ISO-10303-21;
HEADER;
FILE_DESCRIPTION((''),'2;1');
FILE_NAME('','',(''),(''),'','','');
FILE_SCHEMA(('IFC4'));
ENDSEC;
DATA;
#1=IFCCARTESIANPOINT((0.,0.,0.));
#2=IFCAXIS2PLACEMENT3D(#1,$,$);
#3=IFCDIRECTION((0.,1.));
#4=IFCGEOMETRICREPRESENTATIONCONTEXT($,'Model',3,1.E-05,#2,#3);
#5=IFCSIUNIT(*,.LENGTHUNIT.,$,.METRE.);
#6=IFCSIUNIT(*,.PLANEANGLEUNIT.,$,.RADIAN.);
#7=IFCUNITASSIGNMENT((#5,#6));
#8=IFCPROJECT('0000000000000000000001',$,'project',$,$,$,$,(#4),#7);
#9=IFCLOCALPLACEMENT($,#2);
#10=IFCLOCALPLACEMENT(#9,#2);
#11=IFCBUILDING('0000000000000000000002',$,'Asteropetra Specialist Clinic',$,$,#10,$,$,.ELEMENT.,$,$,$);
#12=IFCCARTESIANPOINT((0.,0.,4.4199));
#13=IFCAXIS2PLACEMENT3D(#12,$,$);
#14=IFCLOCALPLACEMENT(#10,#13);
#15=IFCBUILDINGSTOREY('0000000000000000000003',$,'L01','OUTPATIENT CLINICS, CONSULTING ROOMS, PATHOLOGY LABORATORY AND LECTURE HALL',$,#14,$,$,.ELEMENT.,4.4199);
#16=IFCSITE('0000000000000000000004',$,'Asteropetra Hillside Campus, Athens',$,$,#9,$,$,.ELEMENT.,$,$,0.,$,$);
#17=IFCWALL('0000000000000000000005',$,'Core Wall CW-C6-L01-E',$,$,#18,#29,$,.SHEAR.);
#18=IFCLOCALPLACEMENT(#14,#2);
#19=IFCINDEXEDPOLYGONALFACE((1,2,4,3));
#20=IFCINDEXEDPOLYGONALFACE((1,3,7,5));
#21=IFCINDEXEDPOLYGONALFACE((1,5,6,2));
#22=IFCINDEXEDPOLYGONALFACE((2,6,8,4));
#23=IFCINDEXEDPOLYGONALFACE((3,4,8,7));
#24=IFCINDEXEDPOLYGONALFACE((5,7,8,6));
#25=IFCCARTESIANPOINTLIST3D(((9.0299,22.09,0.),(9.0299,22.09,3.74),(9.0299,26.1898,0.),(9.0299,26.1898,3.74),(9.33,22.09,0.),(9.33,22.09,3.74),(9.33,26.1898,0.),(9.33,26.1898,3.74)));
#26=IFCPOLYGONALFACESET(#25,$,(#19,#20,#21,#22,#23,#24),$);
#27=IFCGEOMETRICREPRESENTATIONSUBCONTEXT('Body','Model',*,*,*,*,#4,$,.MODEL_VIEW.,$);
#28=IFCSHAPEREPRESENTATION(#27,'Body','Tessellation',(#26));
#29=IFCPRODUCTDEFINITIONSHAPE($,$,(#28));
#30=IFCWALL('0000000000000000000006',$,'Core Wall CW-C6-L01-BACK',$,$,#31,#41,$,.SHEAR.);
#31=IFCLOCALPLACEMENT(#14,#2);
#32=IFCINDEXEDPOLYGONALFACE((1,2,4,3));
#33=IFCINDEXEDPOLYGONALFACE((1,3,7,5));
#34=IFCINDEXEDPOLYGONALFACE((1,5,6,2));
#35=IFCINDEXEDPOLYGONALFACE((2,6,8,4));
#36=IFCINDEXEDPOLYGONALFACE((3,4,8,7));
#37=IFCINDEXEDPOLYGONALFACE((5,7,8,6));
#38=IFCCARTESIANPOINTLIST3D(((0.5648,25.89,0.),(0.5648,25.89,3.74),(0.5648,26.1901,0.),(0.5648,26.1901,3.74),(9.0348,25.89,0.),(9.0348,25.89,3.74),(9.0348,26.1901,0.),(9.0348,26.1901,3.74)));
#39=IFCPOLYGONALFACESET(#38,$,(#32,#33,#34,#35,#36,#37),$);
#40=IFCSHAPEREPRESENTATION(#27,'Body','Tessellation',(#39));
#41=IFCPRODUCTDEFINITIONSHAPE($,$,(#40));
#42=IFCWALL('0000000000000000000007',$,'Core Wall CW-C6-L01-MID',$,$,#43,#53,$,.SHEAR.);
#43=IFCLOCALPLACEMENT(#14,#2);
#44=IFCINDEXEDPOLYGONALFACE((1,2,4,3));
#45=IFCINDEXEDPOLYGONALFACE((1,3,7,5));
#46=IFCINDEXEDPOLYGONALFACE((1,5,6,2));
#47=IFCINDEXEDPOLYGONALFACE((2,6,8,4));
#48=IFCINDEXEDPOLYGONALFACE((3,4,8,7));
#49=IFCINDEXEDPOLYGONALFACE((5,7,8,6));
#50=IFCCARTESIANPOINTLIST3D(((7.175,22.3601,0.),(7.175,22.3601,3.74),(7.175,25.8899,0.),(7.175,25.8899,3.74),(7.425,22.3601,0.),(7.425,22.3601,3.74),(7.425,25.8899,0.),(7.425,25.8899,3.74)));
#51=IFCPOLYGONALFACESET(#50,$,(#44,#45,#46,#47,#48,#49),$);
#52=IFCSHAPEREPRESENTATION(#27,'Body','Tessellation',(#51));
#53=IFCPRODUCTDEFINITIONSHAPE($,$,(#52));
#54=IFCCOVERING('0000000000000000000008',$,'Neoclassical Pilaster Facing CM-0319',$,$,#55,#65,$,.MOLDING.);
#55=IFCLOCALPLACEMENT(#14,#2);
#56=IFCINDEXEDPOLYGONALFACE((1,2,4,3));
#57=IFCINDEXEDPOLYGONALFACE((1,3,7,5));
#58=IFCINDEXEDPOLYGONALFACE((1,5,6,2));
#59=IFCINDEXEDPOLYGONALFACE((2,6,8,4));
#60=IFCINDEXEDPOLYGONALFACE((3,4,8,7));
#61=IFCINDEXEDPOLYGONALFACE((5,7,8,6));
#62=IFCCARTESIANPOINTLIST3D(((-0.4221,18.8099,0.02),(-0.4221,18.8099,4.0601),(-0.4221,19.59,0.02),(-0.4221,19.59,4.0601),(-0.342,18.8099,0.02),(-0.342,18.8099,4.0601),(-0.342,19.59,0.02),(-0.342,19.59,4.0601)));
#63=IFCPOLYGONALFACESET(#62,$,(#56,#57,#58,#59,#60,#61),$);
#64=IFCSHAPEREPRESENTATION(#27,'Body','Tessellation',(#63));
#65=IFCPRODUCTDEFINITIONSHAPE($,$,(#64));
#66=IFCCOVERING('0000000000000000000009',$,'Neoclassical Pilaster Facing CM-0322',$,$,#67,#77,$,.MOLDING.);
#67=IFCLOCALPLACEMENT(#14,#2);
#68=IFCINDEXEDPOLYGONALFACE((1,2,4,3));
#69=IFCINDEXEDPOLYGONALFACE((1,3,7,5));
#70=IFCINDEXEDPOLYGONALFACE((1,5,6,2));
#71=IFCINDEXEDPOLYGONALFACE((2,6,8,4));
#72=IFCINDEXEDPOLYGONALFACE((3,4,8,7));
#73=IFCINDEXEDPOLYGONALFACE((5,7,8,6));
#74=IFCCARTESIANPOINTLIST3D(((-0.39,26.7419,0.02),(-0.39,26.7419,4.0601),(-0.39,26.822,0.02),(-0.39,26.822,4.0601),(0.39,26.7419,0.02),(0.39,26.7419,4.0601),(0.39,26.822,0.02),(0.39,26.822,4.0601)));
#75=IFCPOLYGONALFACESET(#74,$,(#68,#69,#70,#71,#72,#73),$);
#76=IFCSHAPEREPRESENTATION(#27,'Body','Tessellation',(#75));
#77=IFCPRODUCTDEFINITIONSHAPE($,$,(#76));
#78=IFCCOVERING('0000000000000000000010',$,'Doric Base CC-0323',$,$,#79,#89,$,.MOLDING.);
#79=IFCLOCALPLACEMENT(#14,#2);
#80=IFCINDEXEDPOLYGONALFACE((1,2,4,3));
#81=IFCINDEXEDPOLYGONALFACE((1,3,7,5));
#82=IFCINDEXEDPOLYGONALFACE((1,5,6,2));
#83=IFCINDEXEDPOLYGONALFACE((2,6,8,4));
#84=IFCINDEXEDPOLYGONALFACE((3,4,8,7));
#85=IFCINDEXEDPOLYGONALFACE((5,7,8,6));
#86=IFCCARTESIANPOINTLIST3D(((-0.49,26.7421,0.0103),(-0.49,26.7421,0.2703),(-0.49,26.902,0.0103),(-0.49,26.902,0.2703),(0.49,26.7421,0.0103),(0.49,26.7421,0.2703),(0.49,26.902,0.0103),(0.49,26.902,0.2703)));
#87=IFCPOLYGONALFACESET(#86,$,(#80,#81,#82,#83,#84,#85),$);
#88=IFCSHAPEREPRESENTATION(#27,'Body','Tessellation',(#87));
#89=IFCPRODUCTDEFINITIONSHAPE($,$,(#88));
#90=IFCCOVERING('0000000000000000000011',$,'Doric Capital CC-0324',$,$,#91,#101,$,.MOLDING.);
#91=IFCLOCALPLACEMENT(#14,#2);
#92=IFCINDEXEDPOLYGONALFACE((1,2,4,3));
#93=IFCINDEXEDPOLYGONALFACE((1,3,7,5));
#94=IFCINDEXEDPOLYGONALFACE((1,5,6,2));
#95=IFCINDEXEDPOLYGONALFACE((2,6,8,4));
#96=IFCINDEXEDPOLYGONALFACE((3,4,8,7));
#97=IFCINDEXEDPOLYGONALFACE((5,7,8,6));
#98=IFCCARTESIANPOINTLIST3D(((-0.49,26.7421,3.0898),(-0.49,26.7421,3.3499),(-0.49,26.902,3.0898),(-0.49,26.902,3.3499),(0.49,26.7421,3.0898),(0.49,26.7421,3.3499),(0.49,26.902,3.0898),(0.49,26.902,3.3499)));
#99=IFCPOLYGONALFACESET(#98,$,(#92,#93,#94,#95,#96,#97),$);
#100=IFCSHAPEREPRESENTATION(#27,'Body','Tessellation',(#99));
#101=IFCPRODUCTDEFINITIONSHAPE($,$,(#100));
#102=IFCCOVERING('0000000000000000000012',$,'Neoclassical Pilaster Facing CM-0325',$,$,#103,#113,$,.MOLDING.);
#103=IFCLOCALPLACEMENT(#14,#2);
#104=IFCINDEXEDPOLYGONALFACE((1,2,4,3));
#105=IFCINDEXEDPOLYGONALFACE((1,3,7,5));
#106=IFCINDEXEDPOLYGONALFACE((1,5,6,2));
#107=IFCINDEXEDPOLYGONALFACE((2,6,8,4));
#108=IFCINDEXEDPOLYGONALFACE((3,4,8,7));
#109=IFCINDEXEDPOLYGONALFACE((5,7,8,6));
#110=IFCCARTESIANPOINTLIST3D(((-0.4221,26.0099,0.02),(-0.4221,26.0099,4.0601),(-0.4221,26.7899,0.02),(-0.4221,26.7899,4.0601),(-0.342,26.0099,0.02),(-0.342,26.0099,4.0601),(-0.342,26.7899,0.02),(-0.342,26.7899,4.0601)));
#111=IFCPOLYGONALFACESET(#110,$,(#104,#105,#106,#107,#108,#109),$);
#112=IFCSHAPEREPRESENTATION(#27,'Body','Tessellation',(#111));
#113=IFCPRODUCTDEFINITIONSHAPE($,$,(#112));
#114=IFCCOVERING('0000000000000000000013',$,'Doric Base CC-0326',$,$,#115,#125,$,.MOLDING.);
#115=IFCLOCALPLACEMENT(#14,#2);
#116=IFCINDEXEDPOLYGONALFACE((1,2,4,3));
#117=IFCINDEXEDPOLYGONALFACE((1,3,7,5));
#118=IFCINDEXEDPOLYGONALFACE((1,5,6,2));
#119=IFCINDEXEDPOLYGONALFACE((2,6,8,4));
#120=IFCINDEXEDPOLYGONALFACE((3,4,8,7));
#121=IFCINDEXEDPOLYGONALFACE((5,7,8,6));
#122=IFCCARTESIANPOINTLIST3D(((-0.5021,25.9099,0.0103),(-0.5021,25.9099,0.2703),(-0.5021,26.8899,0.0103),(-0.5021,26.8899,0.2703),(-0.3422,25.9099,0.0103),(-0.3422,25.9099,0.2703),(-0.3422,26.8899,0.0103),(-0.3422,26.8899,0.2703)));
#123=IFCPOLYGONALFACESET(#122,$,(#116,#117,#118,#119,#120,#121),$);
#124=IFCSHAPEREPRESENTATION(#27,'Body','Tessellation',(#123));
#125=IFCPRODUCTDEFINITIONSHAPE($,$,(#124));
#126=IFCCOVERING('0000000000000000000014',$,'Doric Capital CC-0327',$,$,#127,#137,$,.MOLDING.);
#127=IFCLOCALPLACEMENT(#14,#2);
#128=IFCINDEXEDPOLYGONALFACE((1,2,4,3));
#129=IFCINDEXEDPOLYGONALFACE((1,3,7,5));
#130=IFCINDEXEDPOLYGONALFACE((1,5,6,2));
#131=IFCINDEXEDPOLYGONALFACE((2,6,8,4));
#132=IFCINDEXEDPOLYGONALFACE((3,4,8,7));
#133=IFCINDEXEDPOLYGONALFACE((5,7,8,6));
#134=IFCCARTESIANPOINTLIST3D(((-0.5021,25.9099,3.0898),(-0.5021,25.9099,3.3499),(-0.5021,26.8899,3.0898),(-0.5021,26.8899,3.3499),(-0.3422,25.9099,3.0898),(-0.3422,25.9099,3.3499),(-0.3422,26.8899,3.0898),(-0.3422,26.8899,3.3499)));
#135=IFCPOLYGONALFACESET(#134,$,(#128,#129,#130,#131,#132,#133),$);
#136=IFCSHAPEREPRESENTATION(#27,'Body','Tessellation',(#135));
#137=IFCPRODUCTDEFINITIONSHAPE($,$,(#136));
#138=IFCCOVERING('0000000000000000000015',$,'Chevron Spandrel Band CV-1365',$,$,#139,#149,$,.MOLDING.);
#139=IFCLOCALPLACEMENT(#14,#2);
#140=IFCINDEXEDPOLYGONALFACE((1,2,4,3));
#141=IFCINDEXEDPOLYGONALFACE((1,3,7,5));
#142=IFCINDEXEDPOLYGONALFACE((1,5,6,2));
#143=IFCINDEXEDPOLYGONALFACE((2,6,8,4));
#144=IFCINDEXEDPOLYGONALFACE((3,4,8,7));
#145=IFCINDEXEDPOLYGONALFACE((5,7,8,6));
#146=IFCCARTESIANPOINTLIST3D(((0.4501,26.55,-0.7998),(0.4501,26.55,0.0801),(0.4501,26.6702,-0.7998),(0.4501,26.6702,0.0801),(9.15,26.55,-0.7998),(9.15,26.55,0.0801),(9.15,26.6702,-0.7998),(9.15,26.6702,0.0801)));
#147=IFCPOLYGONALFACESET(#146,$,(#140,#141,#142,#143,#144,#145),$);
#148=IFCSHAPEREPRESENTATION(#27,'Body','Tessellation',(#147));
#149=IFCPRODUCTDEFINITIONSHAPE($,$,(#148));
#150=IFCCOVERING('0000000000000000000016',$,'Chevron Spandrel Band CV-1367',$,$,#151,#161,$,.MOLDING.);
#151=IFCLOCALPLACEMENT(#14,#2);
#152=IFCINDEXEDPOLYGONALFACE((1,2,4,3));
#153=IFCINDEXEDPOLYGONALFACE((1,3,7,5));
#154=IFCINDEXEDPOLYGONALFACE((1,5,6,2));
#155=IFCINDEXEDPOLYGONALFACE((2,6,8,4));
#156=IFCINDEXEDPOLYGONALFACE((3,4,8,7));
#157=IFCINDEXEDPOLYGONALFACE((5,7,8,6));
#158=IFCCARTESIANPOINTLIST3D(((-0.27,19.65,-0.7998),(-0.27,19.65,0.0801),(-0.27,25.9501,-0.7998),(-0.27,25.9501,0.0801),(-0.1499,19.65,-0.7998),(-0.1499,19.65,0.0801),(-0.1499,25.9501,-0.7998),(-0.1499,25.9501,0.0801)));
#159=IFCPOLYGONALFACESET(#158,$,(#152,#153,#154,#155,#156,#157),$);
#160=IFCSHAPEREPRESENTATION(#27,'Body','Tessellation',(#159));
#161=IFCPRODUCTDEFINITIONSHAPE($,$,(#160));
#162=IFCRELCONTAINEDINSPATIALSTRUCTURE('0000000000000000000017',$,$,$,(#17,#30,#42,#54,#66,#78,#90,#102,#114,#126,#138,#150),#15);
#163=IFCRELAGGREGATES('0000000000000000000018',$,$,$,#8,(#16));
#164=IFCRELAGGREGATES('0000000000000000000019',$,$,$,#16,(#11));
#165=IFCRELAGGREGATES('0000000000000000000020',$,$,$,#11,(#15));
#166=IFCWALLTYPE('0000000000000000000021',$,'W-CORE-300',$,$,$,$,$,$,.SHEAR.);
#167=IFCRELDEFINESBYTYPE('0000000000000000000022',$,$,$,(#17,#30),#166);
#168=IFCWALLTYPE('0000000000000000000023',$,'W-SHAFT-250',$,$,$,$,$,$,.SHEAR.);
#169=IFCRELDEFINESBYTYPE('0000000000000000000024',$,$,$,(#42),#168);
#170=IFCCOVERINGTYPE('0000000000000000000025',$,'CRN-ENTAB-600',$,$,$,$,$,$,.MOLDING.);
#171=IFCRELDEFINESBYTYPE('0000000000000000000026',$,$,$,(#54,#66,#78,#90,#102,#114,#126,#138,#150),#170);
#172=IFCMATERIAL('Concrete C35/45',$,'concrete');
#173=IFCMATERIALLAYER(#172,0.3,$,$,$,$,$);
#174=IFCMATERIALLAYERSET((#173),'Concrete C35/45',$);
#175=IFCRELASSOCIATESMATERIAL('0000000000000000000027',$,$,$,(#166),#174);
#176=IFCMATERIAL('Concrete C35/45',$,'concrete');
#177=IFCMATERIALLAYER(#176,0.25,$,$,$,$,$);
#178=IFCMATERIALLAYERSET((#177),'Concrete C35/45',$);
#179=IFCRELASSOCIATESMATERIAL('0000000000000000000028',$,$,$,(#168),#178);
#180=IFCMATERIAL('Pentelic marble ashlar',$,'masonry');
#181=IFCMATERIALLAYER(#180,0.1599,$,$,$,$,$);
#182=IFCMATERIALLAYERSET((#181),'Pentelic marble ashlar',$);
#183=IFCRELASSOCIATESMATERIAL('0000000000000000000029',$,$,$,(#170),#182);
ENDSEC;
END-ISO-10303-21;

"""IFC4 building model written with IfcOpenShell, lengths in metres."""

from ifc_helpers import new_model, si_unit, direction, frame, frame_2d, origin, origin_2d, place, context, subcontext, project, spatial, rectangle, extrude, material, layer, layer_set, type_object, element, save


model = new_model("IFC4")

# Units and contexts
model_context = context("Model", 3, precision=1e-05, world=origin(), true_north=direction((0.0, 1.0)))
body_context = subcontext(model_context, "Body", "Model", "MODEL_VIEW")
ifc_project = project(units=[si_unit("LENGTHUNIT", "METRE"), si_unit("PLANEANGLEUNIT", "RADIAN")], contexts=[model_context])

# Site, building, storey
site_placement = place(None, origin())
site = spatial("IfcSite", under=ifc_project, at=site_placement, Name="Asteropetra Hillside Campus, Athens", CompositionType="ELEMENT", RefElevation=0.0)
building_placement = place(site_placement, origin())
building = spatial("IfcBuilding", under=site, at=building_placement, Name="Asteropetra Specialist Clinic", CompositionType="ELEMENT")
storey_placement = place(building_placement, frame((0.0, 0.0, 4.4199)))
storey = spatial("IfcBuildingStorey", under=building, at=storey_placement, Name="L01", Description="OUTPATIENT CLINICS, CONSULTING ROOMS, PATHOLOGY LABORATORY AND LECTURE HALL", CompositionType="ELEMENT", Elevation=4.4199)

# Walls
ifc_material_1 = material(Name="Concrete C35/45", Category="concrete")
ifc_layer_1 = layer(ifc_material_1, 0.3)
ifc_layer_set_1 = layer_set([ifc_layer_1], Name="Concrete C35/45")
wall_type_1 = type_object("IfcWallType", Name="W-CORE-300", PredefinedType="SHEAR", material=ifc_layer_set_1)
for number, where, z_axis, x_axis, name in (
    (1, (9.1799, 22.0901, 0.0), (0.0, 0.0, 1.0), (0.0, 1.0, 0.0), "Core Wall CW-C6-L01-E"),
):
    element("IfcWall", number, at=place(storey_placement, frame(where, z_axis=z_axis, x_axis=x_axis)), inside=storey, type_object=wall_type_1, Name=name, PredefinedType="SHEAR", context=body_context, shape_type="SweptSolid", body=[
        extrude(rectangle(XDim=4.0999, YDim=0.3, at=frame_2d((2.0498, 0.0))), origin(), (0.0, 0.0, 1.0), 3.74),
    ])
wall_1_placement = place(storey_placement, frame((0.5649, 26.04, 0.0), z_axis=(0.0, 0.0, 1.0), x_axis=(1.0, 0.0, 0.0)))
element("IfcWall", 2, at=wall_1_placement, inside=storey, type_object=wall_type_1, Name="Core Wall CW-C6-L01-BACK", PredefinedType="SHEAR", context=body_context, shape_type="SweptSolid", body=[
    extrude(rectangle(XDim=8.47, YDim=0.3, at=frame_2d((4.2349, 0.0))), origin(), (0.0, 0.0, 1.0), 3.74),
])
ifc_material_2 = material(Name="Concrete C35/45", Category="concrete")
ifc_layer_2 = layer(ifc_material_2, 0.25)
ifc_layer_set_2 = layer_set([ifc_layer_2], Name="Concrete C35/45")
wall_type_2 = type_object("IfcWallType", Name="W-SHAFT-250", PredefinedType="SHEAR", material=ifc_layer_set_2)
wall_2_placement = place(storey_placement, frame((7.3, 22.3601, 0.0), z_axis=(0.0, 0.0, 1.0), x_axis=(0.0, 1.0, 0.0)))
element("IfcWall", 3, at=wall_2_placement, inside=storey, type_object=wall_type_2, Name="Core Wall CW-C6-L01-MID", PredefinedType="SHEAR", context=body_context, shape_type="SweptSolid", body=[
    extrude(rectangle(XDim=3.5298, YDim=0.25, at=frame_2d((1.7649, 0.0))), origin(), (0.0, 0.0, 1.0), 3.74),
])

# Coverings
ifc_material_3 = material(Name="Pentelic marble ashlar", Category="masonry")
ifc_layer_3 = layer(ifc_material_3, 0.1599)
ifc_layer_set_3 = layer_set([ifc_layer_3], Name="Pentelic marble ashlar")
covering_type = type_object("IfcCoveringType", Name="CRN-ENTAB-600", PredefinedType="MOLDING", material=ifc_layer_set_3)
covering_1_placement = place(storey_placement, frame((-0.3821, 19.2, 0.02), z_axis=(0.0, 0.0, 1.0), x_axis=(1.0, 0.0, 0.0)))
element("IfcCovering", 4, at=covering_1_placement, inside=storey, type_object=covering_type, Name="Neoclassical Pilaster Facing CM-0319", PredefinedType="MOLDING", context=body_context, shape_type="SweptSolid", body=[
    extrude(rectangle(XDim=0.0801, YDim=0.78, at=origin_2d()), origin(), (0.0, 0.0, 1.0), 4.04),
])
covering_2_placement = place(storey_placement, frame((0.0, 26.782, 0.02), z_axis=(0.0, 0.0, 1.0), x_axis=(1.0, 0.0, 0.0)))
element("IfcCovering", 5, at=covering_2_placement, inside=storey, type_object=covering_type, Name="Neoclassical Pilaster Facing CM-0322", PredefinedType="MOLDING", context=body_context, shape_type="SweptSolid", body=[
    extrude(rectangle(XDim=0.78, YDim=0.0801, at=origin_2d()), origin(), (0.0, 0.0, 1.0), 4.04),
])
for number, where, z_axis, x_axis, name in (
    (6, (0.0, 26.822, 0.0103), (0.0, 0.0, 1.0), (1.0, 0.0, 0.0), "Doric Base CC-0323"),
    (7, (0.0, 26.822, 3.0898), (0.0, 0.0, 1.0), (1.0, 0.0, 0.0), "Doric Capital CC-0324"),
):
    element("IfcCovering", number, at=place(storey_placement, frame(where, z_axis=z_axis, x_axis=x_axis)), inside=storey, type_object=covering_type, Name=name, PredefinedType="MOLDING", context=body_context, shape_type="SweptSolid", body=[
        extrude(rectangle(XDim=0.98, YDim=0.1599, at=origin_2d()), origin(), (0.0, 0.0, 1.0), 0.26),
    ])
covering_3_placement = place(storey_placement, frame((-0.3821, 26.3999, 0.02), z_axis=(0.0, 0.0, 1.0), x_axis=(1.0, 0.0, 0.0)))
element("IfcCovering", 8, at=covering_3_placement, inside=storey, type_object=covering_type, Name="Neoclassical Pilaster Facing CM-0325", PredefinedType="MOLDING", context=body_context, shape_type="SweptSolid", body=[
    extrude(rectangle(XDim=0.0801, YDim=0.78, at=origin_2d()), origin(), (0.0, 0.0, 1.0), 4.04),
])
for number, where, z_axis, x_axis, name in (
    (9, (-0.4221, 26.3999, 0.0103), (0.0, 0.0, 1.0), (1.0, 0.0, 0.0), "Doric Base CC-0326"),
    (10, (-0.4221, 26.3999, 3.0898), (0.0, 0.0, 1.0), (1.0, 0.0, 0.0), "Doric Capital CC-0327"),
):
    element("IfcCovering", number, at=place(storey_placement, frame(where, z_axis=z_axis, x_axis=x_axis)), inside=storey, type_object=covering_type, Name=name, PredefinedType="MOLDING", context=body_context, shape_type="SweptSolid", body=[
        extrude(rectangle(XDim=0.1599, YDim=0.98, at=origin_2d()), origin(), (0.0, 0.0, 1.0), 0.26),
    ])
covering_4_placement = place(storey_placement, frame((4.8, 26.6101, -0.7998), z_axis=(0.0, 0.0, 1.0), x_axis=(1.0, 0.0, 0.0)))
element("IfcCovering", 11, at=covering_4_placement, inside=storey, type_object=covering_type, Name="Chevron Spandrel Band CV-1365", PredefinedType="MOLDING", context=body_context, shape_type="SweptSolid", body=[
    extrude(rectangle(XDim=8.7, YDim=0.1201, at=origin_2d()), origin(), (0.0, 0.0, 1.0), 0.8799),
])
covering_5_placement = place(storey_placement, frame((-0.21, 22.8, -0.7998), z_axis=(0.0, 0.0, 1.0), x_axis=(1.0, 0.0, 0.0)))
element("IfcCovering", 12, at=covering_5_placement, inside=storey, type_object=covering_type, Name="Chevron Spandrel Band CV-1367", PredefinedType="MOLDING", context=body_context, shape_type="SweptSolid", body=[
    extrude(rectangle(XDim=0.1201, YDim=6.3, at=origin_2d()), origin(), (0.0, 0.0, 1.0), 0.8799),
])

save(model, "model.ifc")
